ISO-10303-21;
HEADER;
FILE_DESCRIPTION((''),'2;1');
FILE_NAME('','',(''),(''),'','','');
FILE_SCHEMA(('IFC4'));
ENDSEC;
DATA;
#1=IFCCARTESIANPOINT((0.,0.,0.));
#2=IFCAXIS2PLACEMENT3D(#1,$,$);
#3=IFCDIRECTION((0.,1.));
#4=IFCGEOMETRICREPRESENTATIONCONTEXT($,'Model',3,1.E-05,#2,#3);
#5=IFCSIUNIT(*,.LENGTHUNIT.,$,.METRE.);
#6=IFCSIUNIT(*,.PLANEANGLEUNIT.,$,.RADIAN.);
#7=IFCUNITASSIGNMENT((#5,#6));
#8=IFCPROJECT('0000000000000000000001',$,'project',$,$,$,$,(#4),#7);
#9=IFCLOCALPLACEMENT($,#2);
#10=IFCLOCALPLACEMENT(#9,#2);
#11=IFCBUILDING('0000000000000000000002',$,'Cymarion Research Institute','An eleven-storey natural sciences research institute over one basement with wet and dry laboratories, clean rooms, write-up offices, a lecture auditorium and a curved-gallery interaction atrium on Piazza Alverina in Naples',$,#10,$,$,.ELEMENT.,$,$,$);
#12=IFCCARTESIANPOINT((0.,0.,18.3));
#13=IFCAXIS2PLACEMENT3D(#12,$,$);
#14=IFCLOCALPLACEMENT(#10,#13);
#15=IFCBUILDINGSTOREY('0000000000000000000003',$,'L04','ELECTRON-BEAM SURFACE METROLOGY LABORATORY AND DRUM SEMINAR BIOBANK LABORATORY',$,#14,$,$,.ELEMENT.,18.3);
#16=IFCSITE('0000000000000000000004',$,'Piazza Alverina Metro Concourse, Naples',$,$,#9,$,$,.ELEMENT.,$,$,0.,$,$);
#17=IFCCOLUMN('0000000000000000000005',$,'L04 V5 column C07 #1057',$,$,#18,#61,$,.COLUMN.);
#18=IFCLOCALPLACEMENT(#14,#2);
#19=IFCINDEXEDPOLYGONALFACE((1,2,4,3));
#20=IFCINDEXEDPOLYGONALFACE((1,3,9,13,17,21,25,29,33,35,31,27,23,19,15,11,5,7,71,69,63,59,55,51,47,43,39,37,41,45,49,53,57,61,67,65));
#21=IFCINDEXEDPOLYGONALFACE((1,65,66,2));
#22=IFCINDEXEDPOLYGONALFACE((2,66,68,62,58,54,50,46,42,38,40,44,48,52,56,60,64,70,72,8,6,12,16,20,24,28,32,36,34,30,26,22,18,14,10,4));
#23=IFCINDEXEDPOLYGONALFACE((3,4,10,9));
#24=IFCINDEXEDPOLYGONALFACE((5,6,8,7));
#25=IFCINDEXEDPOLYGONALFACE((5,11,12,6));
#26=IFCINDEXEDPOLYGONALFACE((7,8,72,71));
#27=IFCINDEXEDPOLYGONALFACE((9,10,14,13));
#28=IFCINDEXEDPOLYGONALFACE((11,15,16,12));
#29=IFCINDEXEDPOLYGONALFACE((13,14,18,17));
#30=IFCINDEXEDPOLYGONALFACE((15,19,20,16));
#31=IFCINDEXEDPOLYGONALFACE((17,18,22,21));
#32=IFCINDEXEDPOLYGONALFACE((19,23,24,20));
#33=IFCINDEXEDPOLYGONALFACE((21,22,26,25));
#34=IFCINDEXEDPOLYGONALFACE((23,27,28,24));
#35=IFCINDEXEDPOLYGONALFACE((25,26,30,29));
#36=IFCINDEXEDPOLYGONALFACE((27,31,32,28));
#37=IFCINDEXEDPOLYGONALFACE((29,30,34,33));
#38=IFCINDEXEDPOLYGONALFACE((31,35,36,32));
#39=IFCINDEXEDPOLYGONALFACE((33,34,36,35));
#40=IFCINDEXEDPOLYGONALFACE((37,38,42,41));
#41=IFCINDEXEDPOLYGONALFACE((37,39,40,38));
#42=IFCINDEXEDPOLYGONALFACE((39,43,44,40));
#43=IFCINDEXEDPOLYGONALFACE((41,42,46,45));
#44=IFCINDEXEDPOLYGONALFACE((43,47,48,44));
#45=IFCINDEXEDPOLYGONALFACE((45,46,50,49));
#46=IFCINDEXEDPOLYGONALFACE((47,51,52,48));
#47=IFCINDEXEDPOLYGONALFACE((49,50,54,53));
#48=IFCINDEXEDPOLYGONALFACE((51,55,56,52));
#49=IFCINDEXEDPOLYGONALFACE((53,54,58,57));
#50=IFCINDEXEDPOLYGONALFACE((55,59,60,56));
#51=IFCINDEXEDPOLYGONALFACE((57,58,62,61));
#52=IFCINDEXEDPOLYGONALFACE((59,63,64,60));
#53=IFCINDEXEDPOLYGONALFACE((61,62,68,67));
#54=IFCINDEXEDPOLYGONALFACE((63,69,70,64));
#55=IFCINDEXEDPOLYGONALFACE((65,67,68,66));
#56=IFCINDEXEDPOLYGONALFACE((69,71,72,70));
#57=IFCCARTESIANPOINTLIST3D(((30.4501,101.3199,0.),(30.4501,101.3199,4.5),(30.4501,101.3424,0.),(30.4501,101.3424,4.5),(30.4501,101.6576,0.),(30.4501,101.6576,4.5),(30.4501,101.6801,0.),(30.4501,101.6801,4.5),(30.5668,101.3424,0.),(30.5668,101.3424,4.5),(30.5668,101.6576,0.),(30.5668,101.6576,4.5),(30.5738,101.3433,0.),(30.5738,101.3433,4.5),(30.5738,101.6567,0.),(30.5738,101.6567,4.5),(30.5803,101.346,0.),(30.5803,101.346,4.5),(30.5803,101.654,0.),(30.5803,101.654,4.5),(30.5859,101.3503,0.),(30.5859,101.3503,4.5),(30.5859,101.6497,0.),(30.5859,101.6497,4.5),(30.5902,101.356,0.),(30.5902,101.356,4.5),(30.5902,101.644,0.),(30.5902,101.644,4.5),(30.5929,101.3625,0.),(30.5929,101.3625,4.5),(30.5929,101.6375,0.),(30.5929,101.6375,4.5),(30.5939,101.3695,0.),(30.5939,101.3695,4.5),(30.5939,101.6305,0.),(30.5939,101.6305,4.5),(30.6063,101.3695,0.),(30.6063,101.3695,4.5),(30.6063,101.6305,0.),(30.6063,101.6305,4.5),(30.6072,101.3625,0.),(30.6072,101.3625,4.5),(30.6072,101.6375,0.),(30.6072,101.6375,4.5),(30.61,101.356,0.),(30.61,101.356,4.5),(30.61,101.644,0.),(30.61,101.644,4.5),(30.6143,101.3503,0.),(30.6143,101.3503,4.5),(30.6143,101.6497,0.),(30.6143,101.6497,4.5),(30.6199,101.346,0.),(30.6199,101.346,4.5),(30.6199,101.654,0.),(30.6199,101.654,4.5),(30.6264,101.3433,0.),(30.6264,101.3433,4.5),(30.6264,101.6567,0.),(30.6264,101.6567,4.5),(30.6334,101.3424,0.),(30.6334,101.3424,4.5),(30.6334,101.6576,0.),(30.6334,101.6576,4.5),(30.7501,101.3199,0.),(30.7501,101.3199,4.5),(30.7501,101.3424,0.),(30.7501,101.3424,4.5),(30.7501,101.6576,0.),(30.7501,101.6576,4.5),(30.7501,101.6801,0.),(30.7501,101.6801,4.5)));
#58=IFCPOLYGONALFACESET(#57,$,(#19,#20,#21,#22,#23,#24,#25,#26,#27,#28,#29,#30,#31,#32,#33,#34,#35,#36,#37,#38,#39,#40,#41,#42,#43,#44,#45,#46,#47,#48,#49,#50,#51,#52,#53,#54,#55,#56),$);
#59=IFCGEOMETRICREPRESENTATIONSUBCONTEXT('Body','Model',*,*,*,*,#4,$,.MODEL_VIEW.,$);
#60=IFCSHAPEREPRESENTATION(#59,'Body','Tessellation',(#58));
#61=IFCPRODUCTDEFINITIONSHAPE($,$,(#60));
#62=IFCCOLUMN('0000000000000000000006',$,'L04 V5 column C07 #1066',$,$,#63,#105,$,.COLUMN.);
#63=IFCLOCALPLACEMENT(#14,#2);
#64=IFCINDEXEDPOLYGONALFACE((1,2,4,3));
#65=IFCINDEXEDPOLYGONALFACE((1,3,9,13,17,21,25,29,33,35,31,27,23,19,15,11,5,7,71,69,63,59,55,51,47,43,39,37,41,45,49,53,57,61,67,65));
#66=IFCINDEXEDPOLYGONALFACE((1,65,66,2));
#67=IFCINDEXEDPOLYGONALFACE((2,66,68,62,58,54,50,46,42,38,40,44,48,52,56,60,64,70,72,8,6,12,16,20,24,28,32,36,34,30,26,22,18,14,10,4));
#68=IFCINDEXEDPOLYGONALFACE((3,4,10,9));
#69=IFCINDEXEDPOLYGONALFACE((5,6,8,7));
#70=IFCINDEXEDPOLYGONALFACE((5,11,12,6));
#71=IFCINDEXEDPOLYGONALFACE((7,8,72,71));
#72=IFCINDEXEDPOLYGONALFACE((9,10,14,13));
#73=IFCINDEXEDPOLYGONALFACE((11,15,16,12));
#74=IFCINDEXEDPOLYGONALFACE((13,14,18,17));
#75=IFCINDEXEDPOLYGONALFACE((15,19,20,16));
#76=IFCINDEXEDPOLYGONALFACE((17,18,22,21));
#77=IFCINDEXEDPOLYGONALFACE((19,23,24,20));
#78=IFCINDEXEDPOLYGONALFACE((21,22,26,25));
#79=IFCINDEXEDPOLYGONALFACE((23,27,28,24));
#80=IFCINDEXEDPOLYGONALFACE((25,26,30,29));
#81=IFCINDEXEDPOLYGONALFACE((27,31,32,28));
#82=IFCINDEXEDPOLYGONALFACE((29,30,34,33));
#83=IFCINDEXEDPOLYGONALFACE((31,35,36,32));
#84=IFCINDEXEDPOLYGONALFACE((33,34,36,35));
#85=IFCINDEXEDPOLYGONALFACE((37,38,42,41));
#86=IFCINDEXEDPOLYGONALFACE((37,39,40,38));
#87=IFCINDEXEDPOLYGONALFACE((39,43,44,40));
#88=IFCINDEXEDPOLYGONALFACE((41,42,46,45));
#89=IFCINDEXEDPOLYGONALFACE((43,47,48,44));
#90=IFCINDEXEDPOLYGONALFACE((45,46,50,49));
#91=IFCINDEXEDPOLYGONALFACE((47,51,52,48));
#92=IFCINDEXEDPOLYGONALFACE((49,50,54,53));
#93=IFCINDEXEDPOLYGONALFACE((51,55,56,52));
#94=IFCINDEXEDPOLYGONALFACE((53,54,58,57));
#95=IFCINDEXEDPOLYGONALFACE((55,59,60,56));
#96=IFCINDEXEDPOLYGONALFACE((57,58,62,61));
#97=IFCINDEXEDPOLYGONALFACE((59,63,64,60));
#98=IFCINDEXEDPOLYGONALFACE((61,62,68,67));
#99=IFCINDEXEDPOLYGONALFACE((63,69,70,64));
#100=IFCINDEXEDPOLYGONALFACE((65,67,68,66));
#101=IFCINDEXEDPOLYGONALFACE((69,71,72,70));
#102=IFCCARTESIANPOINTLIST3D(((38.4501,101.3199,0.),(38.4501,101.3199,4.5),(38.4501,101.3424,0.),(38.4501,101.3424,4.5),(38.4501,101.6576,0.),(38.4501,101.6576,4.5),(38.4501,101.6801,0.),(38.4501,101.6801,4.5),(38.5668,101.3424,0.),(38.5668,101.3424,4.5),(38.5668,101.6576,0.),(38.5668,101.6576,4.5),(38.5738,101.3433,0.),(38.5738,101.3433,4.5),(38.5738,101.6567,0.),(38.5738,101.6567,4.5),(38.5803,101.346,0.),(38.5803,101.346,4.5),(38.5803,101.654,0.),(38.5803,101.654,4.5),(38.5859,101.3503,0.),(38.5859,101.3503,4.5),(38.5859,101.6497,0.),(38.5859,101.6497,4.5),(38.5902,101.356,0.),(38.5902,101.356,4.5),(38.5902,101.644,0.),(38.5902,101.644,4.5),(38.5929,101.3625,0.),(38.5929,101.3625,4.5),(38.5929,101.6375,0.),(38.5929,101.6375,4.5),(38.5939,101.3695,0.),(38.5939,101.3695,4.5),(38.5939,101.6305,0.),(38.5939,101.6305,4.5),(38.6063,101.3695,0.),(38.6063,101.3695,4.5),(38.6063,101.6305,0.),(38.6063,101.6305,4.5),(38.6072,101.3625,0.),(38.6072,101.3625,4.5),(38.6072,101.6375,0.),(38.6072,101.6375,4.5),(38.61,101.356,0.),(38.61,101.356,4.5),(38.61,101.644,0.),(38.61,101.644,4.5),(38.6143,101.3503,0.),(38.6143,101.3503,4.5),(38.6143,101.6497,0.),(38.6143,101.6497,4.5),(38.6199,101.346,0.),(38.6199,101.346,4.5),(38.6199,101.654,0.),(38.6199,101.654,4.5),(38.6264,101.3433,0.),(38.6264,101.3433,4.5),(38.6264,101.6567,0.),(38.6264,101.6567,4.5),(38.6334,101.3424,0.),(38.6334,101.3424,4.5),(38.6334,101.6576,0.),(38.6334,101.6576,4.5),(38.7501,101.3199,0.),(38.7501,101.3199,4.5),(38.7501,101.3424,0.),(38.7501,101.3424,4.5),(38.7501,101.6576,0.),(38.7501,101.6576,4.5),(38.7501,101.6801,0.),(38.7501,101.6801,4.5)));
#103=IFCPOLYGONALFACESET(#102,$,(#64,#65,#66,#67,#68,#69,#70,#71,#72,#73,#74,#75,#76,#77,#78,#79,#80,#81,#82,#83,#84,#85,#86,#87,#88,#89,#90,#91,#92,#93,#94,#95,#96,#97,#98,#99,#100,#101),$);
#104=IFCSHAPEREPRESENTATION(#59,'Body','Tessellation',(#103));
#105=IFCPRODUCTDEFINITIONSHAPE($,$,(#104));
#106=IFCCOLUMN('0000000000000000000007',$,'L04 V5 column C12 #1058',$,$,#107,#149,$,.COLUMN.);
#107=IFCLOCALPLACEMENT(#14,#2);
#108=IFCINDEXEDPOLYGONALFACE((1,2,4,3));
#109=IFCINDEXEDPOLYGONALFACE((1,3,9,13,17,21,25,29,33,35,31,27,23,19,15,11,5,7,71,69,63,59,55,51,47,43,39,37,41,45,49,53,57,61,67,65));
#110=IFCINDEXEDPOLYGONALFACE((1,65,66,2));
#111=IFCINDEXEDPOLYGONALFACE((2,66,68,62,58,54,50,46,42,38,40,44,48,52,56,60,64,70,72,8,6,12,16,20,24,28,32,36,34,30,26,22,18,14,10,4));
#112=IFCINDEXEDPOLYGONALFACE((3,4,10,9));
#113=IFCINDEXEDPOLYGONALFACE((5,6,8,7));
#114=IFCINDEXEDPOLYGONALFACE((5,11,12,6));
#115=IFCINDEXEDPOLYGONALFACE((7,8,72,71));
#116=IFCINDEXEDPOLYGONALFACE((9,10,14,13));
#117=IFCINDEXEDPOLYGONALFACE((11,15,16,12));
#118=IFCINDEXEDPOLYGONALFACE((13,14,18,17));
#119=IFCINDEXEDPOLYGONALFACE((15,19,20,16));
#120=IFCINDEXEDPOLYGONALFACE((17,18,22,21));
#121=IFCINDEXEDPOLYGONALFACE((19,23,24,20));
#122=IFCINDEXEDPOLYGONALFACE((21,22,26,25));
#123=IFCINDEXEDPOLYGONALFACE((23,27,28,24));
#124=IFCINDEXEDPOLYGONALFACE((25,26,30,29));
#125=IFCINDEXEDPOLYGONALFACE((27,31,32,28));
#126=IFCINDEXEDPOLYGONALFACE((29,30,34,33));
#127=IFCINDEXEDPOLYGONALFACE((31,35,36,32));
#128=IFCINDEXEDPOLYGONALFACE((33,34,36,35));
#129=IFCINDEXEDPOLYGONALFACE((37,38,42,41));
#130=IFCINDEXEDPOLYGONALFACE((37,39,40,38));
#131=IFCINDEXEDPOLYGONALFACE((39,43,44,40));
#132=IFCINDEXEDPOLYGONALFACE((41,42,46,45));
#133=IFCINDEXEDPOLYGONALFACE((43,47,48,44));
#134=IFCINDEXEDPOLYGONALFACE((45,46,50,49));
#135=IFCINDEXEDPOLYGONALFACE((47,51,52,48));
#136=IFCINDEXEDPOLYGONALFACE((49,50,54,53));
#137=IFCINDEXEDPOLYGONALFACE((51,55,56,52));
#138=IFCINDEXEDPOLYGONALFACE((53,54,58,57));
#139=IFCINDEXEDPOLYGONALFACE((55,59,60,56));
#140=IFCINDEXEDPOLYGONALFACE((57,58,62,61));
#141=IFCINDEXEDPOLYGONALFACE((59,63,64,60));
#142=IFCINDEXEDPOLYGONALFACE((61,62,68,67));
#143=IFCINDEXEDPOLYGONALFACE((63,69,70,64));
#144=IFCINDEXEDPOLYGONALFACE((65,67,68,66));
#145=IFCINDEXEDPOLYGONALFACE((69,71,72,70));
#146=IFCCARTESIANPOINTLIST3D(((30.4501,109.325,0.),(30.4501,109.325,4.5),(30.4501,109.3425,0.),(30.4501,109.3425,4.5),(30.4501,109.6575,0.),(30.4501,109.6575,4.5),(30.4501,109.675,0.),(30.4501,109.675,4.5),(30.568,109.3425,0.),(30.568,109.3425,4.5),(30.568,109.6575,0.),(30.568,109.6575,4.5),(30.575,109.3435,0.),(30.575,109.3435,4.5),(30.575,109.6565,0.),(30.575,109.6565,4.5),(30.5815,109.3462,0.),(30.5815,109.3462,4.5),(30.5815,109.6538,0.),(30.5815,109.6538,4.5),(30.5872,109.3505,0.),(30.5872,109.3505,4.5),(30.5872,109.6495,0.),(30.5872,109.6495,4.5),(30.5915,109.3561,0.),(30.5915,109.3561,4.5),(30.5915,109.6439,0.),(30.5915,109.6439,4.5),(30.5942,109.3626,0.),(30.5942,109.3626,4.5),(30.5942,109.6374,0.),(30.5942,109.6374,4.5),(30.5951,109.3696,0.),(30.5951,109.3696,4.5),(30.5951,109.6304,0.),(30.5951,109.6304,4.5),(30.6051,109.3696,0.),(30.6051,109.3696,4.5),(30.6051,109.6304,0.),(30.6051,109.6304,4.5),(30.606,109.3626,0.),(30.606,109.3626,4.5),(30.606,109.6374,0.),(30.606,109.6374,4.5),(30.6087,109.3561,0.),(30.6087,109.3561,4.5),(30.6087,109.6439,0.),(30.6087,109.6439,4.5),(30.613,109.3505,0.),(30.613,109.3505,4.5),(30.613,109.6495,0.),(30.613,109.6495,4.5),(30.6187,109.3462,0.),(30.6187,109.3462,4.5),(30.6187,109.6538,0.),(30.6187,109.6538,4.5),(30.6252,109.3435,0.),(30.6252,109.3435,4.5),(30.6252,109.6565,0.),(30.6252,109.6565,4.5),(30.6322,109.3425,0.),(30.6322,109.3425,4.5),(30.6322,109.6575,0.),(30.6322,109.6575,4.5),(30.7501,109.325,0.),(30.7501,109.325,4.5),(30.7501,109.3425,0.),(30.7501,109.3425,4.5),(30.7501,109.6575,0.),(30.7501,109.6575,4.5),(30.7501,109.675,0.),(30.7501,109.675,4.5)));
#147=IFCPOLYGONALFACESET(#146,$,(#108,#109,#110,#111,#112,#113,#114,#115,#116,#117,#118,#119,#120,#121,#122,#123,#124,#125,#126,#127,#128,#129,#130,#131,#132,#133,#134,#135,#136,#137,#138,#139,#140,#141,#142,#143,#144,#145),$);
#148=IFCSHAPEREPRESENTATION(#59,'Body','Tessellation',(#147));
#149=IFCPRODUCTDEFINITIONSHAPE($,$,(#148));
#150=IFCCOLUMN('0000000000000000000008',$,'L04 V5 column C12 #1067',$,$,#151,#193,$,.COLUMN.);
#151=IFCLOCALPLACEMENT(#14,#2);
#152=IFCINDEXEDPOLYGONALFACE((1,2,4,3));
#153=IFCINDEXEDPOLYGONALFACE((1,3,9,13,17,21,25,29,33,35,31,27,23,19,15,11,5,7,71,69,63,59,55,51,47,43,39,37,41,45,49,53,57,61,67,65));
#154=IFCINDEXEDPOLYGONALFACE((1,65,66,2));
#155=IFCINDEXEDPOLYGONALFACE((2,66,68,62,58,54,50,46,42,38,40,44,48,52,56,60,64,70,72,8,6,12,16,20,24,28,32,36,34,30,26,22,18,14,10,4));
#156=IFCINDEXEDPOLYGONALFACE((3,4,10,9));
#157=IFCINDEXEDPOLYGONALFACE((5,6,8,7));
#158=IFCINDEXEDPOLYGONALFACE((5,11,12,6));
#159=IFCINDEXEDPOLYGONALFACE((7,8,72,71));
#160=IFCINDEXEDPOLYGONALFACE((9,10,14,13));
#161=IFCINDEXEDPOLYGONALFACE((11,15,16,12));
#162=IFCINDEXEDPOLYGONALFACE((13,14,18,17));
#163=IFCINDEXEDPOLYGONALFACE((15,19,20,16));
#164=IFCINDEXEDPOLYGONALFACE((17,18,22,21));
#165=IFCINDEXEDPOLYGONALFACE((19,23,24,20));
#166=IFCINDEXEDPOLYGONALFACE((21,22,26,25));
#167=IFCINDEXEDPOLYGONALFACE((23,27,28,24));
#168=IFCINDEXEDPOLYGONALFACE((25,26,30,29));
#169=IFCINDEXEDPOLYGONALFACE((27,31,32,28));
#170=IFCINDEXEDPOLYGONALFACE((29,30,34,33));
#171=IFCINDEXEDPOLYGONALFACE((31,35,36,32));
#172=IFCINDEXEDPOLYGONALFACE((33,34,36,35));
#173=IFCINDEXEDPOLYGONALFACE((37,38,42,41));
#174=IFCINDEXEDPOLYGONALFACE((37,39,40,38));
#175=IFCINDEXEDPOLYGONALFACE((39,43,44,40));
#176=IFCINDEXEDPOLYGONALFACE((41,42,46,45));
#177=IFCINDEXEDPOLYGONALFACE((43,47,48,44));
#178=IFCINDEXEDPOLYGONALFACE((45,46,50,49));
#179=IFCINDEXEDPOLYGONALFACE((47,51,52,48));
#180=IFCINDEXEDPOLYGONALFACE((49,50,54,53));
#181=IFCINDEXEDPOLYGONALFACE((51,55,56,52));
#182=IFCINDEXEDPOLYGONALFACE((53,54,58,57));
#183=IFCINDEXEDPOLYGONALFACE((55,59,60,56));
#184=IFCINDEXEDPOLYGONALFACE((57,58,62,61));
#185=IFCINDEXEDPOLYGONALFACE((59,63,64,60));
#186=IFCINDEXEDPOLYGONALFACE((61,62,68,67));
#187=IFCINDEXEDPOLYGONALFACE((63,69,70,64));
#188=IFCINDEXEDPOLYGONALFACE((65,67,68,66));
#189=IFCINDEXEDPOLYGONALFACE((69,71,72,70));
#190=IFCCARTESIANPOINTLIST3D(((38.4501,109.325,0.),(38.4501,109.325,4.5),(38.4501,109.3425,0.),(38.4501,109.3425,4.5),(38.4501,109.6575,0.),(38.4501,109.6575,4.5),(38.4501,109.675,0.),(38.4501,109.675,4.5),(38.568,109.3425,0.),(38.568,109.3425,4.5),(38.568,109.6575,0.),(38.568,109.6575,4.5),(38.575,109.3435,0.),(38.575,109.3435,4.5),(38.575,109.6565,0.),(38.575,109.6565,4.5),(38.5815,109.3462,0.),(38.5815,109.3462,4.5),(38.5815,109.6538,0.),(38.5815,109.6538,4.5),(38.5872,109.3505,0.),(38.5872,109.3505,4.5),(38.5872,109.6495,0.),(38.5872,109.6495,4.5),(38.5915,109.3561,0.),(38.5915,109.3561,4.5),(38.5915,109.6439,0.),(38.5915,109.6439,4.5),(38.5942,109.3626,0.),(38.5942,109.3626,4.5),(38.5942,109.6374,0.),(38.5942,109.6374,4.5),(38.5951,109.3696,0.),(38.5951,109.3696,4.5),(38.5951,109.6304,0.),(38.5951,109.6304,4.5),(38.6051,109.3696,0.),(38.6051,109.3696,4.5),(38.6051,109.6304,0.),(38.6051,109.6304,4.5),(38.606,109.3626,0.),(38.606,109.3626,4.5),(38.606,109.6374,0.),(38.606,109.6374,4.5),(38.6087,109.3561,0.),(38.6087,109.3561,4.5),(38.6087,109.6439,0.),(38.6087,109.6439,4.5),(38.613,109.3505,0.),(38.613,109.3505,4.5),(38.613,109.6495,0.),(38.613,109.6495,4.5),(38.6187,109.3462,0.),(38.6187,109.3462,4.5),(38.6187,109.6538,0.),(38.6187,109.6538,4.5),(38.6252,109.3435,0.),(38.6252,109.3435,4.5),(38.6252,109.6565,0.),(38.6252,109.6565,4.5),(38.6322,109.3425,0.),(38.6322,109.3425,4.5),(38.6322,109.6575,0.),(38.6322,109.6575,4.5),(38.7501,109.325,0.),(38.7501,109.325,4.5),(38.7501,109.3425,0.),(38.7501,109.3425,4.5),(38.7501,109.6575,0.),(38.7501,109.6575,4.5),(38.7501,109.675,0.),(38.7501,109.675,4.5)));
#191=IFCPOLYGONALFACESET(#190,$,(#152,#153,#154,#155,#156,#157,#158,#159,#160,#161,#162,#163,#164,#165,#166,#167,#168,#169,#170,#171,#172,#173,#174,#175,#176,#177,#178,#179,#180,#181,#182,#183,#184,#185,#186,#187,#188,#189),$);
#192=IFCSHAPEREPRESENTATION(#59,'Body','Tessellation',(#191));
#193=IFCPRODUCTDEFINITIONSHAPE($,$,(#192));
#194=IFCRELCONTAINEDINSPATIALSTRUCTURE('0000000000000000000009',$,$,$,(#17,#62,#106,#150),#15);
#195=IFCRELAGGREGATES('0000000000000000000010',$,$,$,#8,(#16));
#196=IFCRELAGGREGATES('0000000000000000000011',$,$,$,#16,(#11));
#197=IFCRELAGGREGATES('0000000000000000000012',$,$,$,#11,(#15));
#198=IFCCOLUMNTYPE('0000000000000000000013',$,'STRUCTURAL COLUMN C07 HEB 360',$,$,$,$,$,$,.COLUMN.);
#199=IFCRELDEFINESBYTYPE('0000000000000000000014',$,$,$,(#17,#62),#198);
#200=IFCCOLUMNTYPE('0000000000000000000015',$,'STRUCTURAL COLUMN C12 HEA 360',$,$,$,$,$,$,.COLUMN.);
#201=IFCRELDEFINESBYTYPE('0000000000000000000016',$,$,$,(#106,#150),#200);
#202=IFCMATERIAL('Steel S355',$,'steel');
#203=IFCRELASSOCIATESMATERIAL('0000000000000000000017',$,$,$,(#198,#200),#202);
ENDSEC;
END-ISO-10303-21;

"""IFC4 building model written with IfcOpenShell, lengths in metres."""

from ifc_helpers import new_model, si_unit, direction, frame, origin, origin_2d, place, context, subcontext, project, spatial, i_section, extrude, material, material_profile, profile_set, type_object, element, save


model = new_model("IFC4")

# Units and contexts
model_context = context("Model", 3, precision=1e-05, world=origin(), true_north=direction((0.0, 1.0)))
body_context = subcontext(model_context, "Body", "Model", "MODEL_VIEW")
ifc_project = project(units=[si_unit("LENGTHUNIT", "METRE"), si_unit("PLANEANGLEUNIT", "RADIAN")], contexts=[model_context])

# Site, building, storey
site_placement = place(None, origin())
site = spatial("IfcSite", under=ifc_project, at=site_placement, Name="Piazza Alverina Metro Concourse, Naples", CompositionType="ELEMENT", RefElevation=0.0)
building_placement = place(site_placement, origin())
building = spatial("IfcBuilding", under=site, at=building_placement, Name="Cymarion Research Institute", Description="An eleven-storey natural sciences research institute over one basement with wet and dry laboratories, clean rooms, write-up offices, a lecture auditorium and a curved-gallery interaction atrium on Piazza Alverina in Naples", CompositionType="ELEMENT")
storey_placement = place(building_placement, frame((0.0, 0.0, 18.3)))
storey = spatial("IfcBuildingStorey", under=building, at=storey_placement, Name="L04", Description="ELECTRON-BEAM SURFACE METROLOGY LABORATORY AND DRUM SEMINAR BIOBANK LABORATORY", CompositionType="ELEMENT", Elevation=18.3)

# Columns
ifc_material_1 = material(Name="Steel S355", Category="steel")
ifc_material_profile_1 = material_profile(ifc_material_1, i_section(OverallWidth=0.3, OverallDepth=0.3601, WebThickness=0.0125, FlangeThickness=0.0225, FilletRadius=0.0271, at=origin_2d()), Name="HEB 360")
ifc_profile_set_1 = profile_set([ifc_material_profile_1], Name="Steel S355")
column_type_1 = type_object("IfcColumnType", Name="STRUCTURAL COLUMN C07 HEB 360", PredefinedType="COLUMN", material=ifc_profile_set_1)
for number, where, z_axis, x_axis, name in (
    (1, (30.6001, 101.5, 0.0), (0.0, 0.0, 1.0), (1.0, 0.0, 0.0), "L04 V5 column C07 #1057"),
    (2, (38.6001, 101.5, 0.0), (0.0, 0.0, 1.0), (1.0, 0.0, 0.0), "L04 V5 column C07 #1066"),
):
    element("IfcColumn", number, at=place(storey_placement, frame(where, z_axis=z_axis, x_axis=x_axis)), inside=storey, type_object=column_type_1, Name=name, PredefinedType="COLUMN", context=body_context, shape_type="SweptSolid", body=[
        extrude(i_section(OverallWidth=0.3, OverallDepth=0.3601, WebThickness=0.0125, FlangeThickness=0.0225, FilletRadius=0.0271, at=origin_2d()), origin(), (0.0, 0.0, 1.0), 4.5),
    ])
ifc_material_profile_2 = material_profile(ifc_material_1, i_section(OverallWidth=0.3, OverallDepth=0.3501, WebThickness=0.01, FlangeThickness=0.0176, FilletRadius=0.0271, at=origin_2d()), Name="HEA 360")
ifc_profile_set_2 = profile_set([ifc_material_profile_2], Name="Steel S355")
column_type_2 = type_object("IfcColumnType", Name="STRUCTURAL COLUMN C12 HEA 360", PredefinedType="COLUMN", material=ifc_profile_set_2)
for number, where, z_axis, x_axis, name in (
    (3, (30.6001, 109.5, 0.0), (0.0, 0.0, 1.0), (1.0, 0.0, 0.0), "L04 V5 column C12 #1058"),
    (4, (38.6001, 109.5, 0.0), (0.0, 0.0, 1.0), (1.0, 0.0, 0.0), "L04 V5 column C12 #1067"),
):
    element("IfcColumn", number, at=place(storey_placement, frame(where, z_axis=z_axis, x_axis=x_axis)), inside=storey, type_object=column_type_2, Name=name, PredefinedType="COLUMN", context=body_context, shape_type="SweptSolid", body=[
        extrude(i_section(OverallWidth=0.3, OverallDepth=0.3501, WebThickness=0.01, FlangeThickness=0.0176, FilletRadius=0.0271, at=origin_2d()), origin(), (0.0, 0.0, 1.0), 4.5),
    ])

save(model, "model.ifc")
